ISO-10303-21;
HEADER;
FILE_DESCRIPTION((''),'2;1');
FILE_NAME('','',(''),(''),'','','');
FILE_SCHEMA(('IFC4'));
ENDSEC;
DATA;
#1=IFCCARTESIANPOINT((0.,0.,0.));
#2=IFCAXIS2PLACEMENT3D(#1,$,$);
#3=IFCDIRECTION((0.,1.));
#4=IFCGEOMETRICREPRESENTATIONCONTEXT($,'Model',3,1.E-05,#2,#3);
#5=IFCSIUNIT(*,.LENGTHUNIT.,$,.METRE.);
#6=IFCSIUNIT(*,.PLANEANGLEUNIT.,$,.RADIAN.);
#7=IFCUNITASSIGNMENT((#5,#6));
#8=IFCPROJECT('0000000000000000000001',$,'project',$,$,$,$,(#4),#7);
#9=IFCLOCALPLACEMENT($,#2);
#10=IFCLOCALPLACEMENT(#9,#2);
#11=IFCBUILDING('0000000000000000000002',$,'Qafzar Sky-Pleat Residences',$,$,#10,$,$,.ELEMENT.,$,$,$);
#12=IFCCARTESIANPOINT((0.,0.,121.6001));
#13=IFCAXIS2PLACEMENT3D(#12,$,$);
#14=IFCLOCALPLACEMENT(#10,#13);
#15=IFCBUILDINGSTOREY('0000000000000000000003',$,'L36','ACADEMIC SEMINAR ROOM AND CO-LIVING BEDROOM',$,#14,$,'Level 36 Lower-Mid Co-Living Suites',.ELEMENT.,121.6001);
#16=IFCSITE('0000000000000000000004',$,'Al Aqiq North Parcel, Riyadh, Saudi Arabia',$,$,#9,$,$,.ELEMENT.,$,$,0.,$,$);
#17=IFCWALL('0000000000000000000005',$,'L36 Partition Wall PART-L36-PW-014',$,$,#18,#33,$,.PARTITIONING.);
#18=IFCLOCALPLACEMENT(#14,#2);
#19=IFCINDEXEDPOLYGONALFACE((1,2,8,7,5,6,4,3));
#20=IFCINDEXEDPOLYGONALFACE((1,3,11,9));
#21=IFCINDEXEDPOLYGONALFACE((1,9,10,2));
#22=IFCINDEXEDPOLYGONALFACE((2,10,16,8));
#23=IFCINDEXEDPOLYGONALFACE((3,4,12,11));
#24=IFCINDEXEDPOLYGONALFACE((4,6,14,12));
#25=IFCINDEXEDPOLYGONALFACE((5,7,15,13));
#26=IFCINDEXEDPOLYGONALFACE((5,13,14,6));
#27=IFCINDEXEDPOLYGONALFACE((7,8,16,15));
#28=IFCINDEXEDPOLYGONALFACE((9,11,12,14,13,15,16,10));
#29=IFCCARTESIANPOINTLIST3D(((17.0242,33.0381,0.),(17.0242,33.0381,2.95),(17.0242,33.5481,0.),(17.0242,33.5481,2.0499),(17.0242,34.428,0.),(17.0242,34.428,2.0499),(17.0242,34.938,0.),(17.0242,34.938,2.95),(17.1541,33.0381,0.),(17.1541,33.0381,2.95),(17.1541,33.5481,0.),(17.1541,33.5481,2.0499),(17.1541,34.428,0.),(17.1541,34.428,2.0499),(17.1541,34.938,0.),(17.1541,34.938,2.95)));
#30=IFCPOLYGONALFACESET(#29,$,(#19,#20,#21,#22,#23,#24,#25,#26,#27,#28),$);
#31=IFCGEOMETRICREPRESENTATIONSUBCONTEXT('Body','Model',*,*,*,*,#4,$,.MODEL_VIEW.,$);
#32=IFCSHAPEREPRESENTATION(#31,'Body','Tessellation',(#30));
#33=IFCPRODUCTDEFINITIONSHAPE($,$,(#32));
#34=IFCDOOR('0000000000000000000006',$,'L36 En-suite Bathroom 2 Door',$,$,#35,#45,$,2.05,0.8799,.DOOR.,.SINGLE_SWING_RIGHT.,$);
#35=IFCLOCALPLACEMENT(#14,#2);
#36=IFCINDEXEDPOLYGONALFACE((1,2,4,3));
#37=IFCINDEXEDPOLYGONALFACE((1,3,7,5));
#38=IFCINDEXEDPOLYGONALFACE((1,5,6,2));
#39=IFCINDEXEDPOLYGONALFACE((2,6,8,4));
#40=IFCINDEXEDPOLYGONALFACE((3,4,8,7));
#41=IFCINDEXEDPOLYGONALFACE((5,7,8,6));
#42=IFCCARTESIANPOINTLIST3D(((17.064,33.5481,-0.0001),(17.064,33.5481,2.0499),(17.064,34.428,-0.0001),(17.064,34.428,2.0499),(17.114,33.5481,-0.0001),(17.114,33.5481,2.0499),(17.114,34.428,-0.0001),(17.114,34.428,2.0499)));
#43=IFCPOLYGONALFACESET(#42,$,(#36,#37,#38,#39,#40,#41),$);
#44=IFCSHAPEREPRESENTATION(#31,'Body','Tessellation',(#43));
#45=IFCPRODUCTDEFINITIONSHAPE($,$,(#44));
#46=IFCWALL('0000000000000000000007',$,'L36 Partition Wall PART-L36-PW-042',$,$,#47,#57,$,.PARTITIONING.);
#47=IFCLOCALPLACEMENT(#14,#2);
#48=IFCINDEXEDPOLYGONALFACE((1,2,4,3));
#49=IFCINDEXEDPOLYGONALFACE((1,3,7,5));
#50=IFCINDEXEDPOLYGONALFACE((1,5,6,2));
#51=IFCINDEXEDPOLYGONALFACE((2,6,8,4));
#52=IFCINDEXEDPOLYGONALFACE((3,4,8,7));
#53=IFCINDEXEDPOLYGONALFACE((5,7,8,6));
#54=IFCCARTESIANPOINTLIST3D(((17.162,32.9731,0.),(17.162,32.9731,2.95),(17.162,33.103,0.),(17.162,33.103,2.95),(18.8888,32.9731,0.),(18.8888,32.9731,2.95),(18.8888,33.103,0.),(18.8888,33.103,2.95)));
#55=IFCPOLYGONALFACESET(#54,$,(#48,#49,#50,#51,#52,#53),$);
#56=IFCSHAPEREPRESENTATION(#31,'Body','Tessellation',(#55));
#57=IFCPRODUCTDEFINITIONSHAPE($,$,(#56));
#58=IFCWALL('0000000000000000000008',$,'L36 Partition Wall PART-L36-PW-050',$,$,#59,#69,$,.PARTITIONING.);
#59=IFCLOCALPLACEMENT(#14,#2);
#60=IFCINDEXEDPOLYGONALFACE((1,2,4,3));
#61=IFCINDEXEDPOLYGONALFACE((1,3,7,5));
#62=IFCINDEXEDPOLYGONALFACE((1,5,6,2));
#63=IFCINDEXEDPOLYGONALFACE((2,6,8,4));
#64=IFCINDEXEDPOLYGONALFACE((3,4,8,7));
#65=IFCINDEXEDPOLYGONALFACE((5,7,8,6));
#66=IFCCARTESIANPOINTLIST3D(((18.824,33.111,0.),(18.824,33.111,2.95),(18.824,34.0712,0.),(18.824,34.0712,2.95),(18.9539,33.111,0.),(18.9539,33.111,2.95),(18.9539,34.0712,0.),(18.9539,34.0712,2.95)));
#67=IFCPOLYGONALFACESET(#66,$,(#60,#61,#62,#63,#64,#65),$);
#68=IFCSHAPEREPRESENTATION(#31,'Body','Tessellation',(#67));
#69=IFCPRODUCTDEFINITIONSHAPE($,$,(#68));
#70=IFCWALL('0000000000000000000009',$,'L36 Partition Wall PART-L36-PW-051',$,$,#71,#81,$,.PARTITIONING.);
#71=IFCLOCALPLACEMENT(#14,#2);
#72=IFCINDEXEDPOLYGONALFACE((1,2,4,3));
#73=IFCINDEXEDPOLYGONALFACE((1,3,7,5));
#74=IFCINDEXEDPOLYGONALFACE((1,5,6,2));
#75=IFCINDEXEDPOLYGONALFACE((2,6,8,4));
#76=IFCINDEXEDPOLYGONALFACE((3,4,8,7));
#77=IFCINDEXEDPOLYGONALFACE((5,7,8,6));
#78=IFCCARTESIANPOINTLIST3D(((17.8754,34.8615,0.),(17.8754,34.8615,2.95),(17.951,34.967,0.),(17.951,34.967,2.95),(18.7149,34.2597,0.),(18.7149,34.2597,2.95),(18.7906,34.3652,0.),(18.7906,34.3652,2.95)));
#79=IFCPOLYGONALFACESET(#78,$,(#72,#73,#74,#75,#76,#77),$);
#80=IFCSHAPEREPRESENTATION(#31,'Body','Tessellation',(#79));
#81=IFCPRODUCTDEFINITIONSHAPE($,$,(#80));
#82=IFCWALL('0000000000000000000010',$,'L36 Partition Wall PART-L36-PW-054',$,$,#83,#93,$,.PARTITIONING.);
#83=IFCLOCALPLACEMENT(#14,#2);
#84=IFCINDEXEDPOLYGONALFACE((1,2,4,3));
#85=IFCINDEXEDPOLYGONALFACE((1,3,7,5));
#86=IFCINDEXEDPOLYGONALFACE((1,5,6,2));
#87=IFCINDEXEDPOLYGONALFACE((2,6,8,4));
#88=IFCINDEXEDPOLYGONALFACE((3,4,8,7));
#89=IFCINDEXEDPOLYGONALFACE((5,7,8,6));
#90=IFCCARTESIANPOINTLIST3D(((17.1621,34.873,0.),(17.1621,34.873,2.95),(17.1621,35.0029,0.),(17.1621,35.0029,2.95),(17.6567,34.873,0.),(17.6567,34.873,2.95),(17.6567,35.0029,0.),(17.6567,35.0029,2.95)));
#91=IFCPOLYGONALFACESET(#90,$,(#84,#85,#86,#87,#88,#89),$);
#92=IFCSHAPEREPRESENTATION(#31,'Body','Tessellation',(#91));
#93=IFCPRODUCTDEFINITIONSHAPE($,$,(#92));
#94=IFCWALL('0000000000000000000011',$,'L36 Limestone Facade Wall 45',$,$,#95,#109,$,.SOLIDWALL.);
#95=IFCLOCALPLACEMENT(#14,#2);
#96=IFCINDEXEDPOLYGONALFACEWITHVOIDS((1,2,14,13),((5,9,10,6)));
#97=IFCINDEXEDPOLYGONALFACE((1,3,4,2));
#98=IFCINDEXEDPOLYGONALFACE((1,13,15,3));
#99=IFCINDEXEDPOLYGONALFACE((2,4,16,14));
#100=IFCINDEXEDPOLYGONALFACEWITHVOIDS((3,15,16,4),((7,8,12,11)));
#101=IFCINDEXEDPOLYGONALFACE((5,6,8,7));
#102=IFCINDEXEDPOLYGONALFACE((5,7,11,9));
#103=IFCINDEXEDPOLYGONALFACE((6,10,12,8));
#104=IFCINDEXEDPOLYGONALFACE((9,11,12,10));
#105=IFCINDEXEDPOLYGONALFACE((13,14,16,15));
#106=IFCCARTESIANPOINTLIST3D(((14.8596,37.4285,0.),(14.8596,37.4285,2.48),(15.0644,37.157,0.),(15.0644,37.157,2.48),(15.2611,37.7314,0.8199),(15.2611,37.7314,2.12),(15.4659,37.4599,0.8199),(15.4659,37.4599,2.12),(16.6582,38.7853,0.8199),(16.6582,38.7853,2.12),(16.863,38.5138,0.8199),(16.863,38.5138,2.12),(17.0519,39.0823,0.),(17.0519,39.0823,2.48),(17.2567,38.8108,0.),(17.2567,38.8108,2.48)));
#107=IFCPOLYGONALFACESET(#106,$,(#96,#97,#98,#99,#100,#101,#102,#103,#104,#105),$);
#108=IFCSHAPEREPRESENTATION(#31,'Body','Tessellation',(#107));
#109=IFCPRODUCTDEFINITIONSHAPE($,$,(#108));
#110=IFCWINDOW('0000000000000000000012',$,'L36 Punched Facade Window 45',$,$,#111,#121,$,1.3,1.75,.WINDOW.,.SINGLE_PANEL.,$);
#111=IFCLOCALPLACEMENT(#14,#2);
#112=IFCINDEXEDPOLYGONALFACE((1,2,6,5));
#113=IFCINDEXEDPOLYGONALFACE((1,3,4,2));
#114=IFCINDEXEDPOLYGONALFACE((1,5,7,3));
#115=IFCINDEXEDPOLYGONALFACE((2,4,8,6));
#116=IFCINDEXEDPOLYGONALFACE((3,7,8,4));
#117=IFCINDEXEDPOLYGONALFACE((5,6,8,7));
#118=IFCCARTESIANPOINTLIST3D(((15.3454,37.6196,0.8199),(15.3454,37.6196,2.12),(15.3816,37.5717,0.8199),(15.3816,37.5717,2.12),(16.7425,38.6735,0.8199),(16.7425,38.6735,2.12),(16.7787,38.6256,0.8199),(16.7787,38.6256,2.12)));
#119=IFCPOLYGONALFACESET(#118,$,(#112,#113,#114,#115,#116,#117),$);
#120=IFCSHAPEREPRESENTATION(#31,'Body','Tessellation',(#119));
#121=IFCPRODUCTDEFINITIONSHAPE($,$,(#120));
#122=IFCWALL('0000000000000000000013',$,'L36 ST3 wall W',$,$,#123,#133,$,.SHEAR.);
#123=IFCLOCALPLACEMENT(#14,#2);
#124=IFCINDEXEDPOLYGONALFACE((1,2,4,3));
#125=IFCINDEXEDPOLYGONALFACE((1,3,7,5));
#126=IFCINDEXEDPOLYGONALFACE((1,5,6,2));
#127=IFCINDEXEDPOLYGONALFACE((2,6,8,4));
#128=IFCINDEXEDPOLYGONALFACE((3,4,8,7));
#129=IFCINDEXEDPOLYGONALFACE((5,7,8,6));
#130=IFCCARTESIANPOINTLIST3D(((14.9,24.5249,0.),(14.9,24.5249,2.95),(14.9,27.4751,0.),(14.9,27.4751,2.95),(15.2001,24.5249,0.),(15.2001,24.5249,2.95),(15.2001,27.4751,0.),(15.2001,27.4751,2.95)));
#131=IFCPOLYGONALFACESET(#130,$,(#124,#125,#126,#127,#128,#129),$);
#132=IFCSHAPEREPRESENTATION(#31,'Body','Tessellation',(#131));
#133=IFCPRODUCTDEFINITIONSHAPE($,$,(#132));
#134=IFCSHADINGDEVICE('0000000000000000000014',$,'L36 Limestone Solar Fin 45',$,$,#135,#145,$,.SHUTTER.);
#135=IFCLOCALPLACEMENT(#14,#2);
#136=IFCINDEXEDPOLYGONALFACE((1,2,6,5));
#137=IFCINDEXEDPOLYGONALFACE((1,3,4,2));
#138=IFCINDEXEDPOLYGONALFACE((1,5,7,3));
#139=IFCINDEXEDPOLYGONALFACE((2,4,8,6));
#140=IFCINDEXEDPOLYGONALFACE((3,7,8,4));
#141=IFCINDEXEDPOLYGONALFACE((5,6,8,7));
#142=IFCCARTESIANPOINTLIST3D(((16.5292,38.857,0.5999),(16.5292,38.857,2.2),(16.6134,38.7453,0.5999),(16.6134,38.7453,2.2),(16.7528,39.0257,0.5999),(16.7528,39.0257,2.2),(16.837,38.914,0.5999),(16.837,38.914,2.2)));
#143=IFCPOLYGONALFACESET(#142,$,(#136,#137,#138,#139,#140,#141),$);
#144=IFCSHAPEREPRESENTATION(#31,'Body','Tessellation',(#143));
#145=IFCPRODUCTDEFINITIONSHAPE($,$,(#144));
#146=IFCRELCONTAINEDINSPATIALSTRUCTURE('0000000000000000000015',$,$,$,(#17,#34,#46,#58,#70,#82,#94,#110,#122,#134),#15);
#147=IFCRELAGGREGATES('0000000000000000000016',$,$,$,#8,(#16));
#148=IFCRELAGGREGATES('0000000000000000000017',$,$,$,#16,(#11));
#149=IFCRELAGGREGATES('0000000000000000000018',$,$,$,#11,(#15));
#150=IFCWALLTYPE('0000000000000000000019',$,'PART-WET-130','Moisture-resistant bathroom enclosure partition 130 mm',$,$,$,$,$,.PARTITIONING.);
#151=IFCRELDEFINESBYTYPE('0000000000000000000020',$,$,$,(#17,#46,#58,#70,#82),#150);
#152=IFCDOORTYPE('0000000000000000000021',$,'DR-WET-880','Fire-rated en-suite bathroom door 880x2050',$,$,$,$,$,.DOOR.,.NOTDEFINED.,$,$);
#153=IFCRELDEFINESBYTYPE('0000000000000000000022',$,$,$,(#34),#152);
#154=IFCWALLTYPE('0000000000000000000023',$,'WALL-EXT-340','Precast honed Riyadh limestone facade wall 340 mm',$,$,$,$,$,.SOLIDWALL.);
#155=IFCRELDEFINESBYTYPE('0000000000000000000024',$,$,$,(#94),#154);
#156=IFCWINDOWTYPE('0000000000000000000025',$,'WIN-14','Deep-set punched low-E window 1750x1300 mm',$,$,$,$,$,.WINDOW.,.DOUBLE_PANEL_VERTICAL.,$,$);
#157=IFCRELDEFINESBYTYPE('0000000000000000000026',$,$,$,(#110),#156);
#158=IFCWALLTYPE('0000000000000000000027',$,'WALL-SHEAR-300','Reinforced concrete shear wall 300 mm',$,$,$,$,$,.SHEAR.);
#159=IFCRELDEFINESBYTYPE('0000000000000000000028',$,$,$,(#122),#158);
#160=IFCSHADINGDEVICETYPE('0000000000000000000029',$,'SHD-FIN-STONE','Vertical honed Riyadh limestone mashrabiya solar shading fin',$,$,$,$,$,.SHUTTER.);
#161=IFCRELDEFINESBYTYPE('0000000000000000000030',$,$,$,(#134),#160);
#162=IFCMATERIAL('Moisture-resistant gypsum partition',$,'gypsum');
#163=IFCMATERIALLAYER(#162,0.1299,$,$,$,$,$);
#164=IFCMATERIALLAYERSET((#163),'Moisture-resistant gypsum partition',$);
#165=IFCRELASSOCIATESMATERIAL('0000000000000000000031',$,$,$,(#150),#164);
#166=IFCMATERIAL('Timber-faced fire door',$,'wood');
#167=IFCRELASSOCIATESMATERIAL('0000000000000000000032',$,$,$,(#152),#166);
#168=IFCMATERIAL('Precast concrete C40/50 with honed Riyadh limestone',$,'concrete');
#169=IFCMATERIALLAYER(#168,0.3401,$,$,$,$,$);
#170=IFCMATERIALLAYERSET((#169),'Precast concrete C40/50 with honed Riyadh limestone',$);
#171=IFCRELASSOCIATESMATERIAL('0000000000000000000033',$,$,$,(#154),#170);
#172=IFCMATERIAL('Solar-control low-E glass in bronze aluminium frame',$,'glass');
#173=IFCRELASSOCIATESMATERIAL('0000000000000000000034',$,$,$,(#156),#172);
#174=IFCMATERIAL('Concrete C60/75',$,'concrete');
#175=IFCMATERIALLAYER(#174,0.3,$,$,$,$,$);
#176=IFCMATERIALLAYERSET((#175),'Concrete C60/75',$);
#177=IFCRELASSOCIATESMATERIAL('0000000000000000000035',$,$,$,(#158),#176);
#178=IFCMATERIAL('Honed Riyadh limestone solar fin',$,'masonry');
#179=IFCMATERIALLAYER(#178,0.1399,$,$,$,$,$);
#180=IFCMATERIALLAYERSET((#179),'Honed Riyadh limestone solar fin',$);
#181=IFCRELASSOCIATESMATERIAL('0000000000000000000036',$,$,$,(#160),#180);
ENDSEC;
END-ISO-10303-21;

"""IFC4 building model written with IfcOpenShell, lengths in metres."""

from ifc_helpers import new_model, si_unit, direction, frame, frame_2d, origin, origin_2d, place, context, subcontext, project, spatial, rectangle, extrude, source, transform, mapped, material, layer, layer_set, type_object, element, fill, save


model = new_model("IFC4")

# Units and contexts
model_context = context("Model", 3, precision=1e-05, world=origin(), true_north=direction((0.0, 1.0)))
body_context = subcontext(model_context, "Body", "Model", "MODEL_VIEW")
ifc_project = project(units=[si_unit("LENGTHUNIT", "METRE"), si_unit("PLANEANGLEUNIT", "RADIAN")], contexts=[model_context])

# Site, building, storey
site_placement = place(None, origin())
site = spatial("IfcSite", under=ifc_project, at=site_placement, Name="Al Aqiq North Parcel, Riyadh, Saudi Arabia", CompositionType="ELEMENT", RefElevation=0.0)
building_placement = place(site_placement, origin())
building = spatial("IfcBuilding", under=site, at=building_placement, Name="Qafzar Sky-Pleat Residences", CompositionType="ELEMENT")
storey_placement = place(building_placement, frame((0.0, 0.0, 121.6001)))
storey = spatial("IfcBuildingStorey", under=building, at=storey_placement, Name="L36", Description="ACADEMIC SEMINAR ROOM AND CO-LIVING BEDROOM", LongName="Level 36 Lower-Mid Co-Living Suites", CompositionType="ELEMENT", Elevation=121.6001)

# Shared definitions
ifc_material_1 = material(Name="Concrete C60/75", Category="concrete")

# Wall, opening, door
ifc_material_2 = material(Name="Moisture-resistant gypsum partition", Category="gypsum")
ifc_layer_1 = layer(ifc_material_2, 0.1299)
ifc_layer_set_1 = layer_set([ifc_layer_1], Name="Moisture-resistant gypsum partition")
wall_type_1 = type_object("IfcWallType", Name="PART-WET-130", Description="Moisture-resistant bathroom enclosure partition 130 mm", PredefinedType="PARTITIONING", material=ifc_layer_set_1)
wall_1_placement = place(storey_placement, frame((17.0891, 34.938, 0.0), z_axis=(0.0, 0.0, 1.0), x_axis=(0.0, -1.0, 0.0)))
wall_1 = element("IfcWall", 1, at=wall_1_placement, inside=storey, type_object=wall_type_1, Name="L36 Partition Wall PART-L36-PW-014", PredefinedType="PARTITIONING", context=body_context, shape_type="SweptSolid", body=[
    extrude(rectangle(XDim=1.8999, YDim=0.1299, at=frame_2d((0.95, 0.0))), origin(), (0.0, 0.0, 1.0), 2.95),
])
opening_1_placement = place(wall_1_placement, frame((0.51, 0.0, 0.0)))
opening_1 = element("IfcOpeningElement", 2, at=opening_1_placement, cuts=wall_1, PredefinedType="OPENING", context=body_context, shape_type="SweptSolid", body=[
    extrude(rectangle(XDim=0.8799, YDim=2.05, at=frame_2d((0.4399, 1.0249))), frame((0.0, 0.075, 0.0), z_axis=(0.0, -1.0, 0.0), x_axis=(1.0, 0.0, 0.0)), (0.0, 0.0, 1.0), 0.1499),
])
ifc_material_3 = material(Name="Timber-faced fire door", Category="wood")
door_type = type_object("IfcDoorType", Name="DR-WET-880", Description="Fire-rated en-suite bathroom door 880x2050", OperationType="NOTDEFINED", PredefinedType="DOOR", material=ifc_material_3)
shared_shape_1 = source(origin(), body_context, "Body", "SweptSolid", [
    extrude(rectangle(XDim=0.8799, YDim=2.05, at=frame_2d((0.4399, 1.0249))), frame((0.0, 0.0249, 0.0), z_axis=(0.0, -1.0, 0.0), x_axis=(1.0, 0.0, 0.0)), (0.0, 0.0, 1.0), 0.05),
])
door_placement = place(opening_1_placement, origin())
door = element("IfcDoor", 3, at=door_placement, inside=storey, type_object=door_type, Name="L36 En-suite Bathroom 2 Door", OperationType="SINGLE_SWING_RIGHT", OverallHeight=2.05, OverallWidth=0.8799, PredefinedType="DOOR", context=body_context, shape_type="MappedRepresentation", body=[
    mapped(shared_shape_1, transform((0.0, 0.0, 0.0), x_axis=(1.0, 0.0, 0.0), y_axis=(0.0, 1.0, 0.0), z_axis=(0.0, 0.0, 1.0), scale=1.0)),
])
fill(opening_1, door)

# Walls
wall_2_placement = place(storey_placement, frame((17.1621, 33.0381, 0.0), z_axis=(0.0, 0.0, 1.0), x_axis=(1.0, 0.0, 0.0)))
element("IfcWall", 4, at=wall_2_placement, inside=storey, type_object=wall_type_1, Name="L36 Partition Wall PART-L36-PW-042", PredefinedType="PARTITIONING", context=body_context, shape_type="SweptSolid", body=[
    extrude(rectangle(XDim=1.7268, YDim=0.1299, at=frame_2d((0.8633, 0.0))), origin(), (0.0, 0.0, 1.0), 2.95),
])
wall_3_placement = place(storey_placement, frame((18.8889, 33.1111, 0.0), z_axis=(0.0, 0.0, 1.0), x_axis=(0.0, 1.0, 0.0)))
element("IfcWall", 5, at=wall_3_placement, inside=storey, type_object=wall_type_1, Name="L36 Partition Wall PART-L36-PW-050", PredefinedType="PARTITIONING", context=body_context, shape_type="SweptSolid", body=[
    extrude(rectangle(XDim=0.9602, YDim=0.1299, at=frame_2d((0.48, 0.0))), origin(), (0.0, 0.0, 1.0), 2.95),
])
wall_4_placement = place(storey_placement, frame((17.9131, 34.9143, 0.0), z_axis=(0.0, 0.0, 1.0), x_axis=(0.812774, -0.582579, 0.0)))
element("IfcWall", 6, at=wall_4_placement, inside=storey, type_object=wall_type_1, Name="L36 Partition Wall PART-L36-PW-051", PredefinedType="PARTITIONING", context=body_context, shape_type="SweptSolid", body=[
    extrude(rectangle(XDim=1.033, YDim=0.1299, at=frame_2d((0.5166, 0.0))), origin(), (0.0, 0.0, 1.0), 2.95),
])
wall_5_placement = place(storey_placement, frame((17.1621, 34.938, 0.0), z_axis=(0.0, 0.0, 1.0), x_axis=(1.0, 0.0, 0.0)))
element("IfcWall", 7, at=wall_5_placement, inside=storey, type_object=wall_type_1, Name="L36 Partition Wall PART-L36-PW-054", PredefinedType="PARTITIONING", context=body_context, shape_type="SweptSolid", body=[
    extrude(rectangle(XDim=0.4946, YDim=0.1299, at=frame_2d((0.2473, 0.0))), origin(), (0.0, 0.0, 1.0), 2.95),
])

# Wall, opening, window
ifc_material_4 = material(Name="Precast concrete C40/50 with honed Riyadh limestone", Category="concrete")
ifc_layer_2 = layer(ifc_material_4, 0.3401)
ifc_layer_set_2 = layer_set([ifc_layer_2], Name="Precast concrete C40/50 with honed Riyadh limestone")
wall_type_2 = type_object("IfcWallType", Name="WALL-EXT-340", Description="Precast honed Riyadh limestone facade wall 340 mm", PredefinedType="SOLIDWALL", material=ifc_layer_set_2)
wall_6_placement = place(storey_placement, frame((17.1543, 38.9465, 0.0), z_axis=(0.0, 0.0, 1.0), x_axis=(-0.798333, -0.602217, 0.0)))
wall_6 = element("IfcWall", 8, at=wall_6_placement, inside=storey, type_object=wall_type_2, Name="L36 Limestone Facade Wall 45", PredefinedType="SOLIDWALL", context=body_context, shape_type="SweptSolid", body=[
    extrude(rectangle(XDim=2.7461, YDim=0.3401, at=frame_2d((1.373, 0.0))), origin(), (0.0, 0.0, 1.0), 2.48),
])
opening_2_placement = place(wall_6_placement, frame((0.4932, 0.0, 0.8201)))
opening_2 = element("IfcOpeningElement", 9, at=opening_2_placement, cuts=wall_6, PredefinedType="OPENING", context=body_context, shape_type="SweptSolid", body=[
    extrude(rectangle(XDim=1.75, YDim=1.3, at=frame_2d((0.875, 0.6499))), frame((0.0, 0.1802, 0.0), z_axis=(0.0, -1.0, 0.0), x_axis=(1.0, 0.0, 0.0)), (0.0, 0.0, 1.0), 0.3601),
])
ifc_material_5 = material(Name="Solar-control low-E glass in bronze aluminium frame", Category="glass")
window_type = type_object("IfcWindowType", Name="WIN-14", Description="Deep-set punched low-E window 1750x1300 mm", PartitioningType="DOUBLE_PANEL_VERTICAL", PredefinedType="WINDOW", material=ifc_material_5)
shared_shape_2 = source(origin(), body_context, "Body", "SweptSolid", [
    extrude(rectangle(XDim=1.75, YDim=1.3, at=frame_2d((0.875, 0.6499))), frame((0.0, 0.03, 0.0), z_axis=(0.0, -1.0, 0.0), x_axis=(1.0, 0.0, 0.0)), (0.0, 0.0, 1.0), 0.0601),
])
window_placement = place(opening_2_placement, origin())
window = element("IfcWindow", 10, at=window_placement, inside=storey, type_object=window_type, Name="L36 Punched Facade Window 45", OverallHeight=1.3, OverallWidth=1.75, PartitioningType="SINGLE_PANEL", PredefinedType="WINDOW", context=body_context, shape_type="MappedRepresentation", body=[
    mapped(shared_shape_2, transform((0.0, 0.0, 0.0), x_axis=(1.0, 0.0, 0.0), y_axis=(0.0, 1.0, 0.0), z_axis=(0.0, 0.0, 1.0), scale=1.0)),
])
fill(opening_2, window)

# Wall
ifc_layer_3 = layer(ifc_material_1, 0.3)
ifc_layer_set_3 = layer_set([ifc_layer_3], Name="Concrete C60/75")
wall_type_3 = type_object("IfcWallType", Name="WALL-SHEAR-300", Description="Reinforced concrete shear wall 300 mm", PredefinedType="SHEAR", material=ifc_layer_set_3)
wall_7_placement = place(storey_placement, frame((15.05, 27.4751, 0.0), z_axis=(0.0, 0.0, 1.0), x_axis=(0.0, -1.0, 0.0)))
element("IfcWall", 11, at=wall_7_placement, inside=storey, type_object=wall_type_3, Name="L36 ST3 wall W", PredefinedType="SHEAR", context=body_context, shape_type="SweptSolid", body=[
    extrude(rectangle(XDim=2.9502, YDim=0.3, at=frame_2d((1.4751, 0.0))), origin(), (0.0, 0.0, 1.0), 2.95),
])

# Shading device
ifc_material_6 = material(Name="Honed Riyadh limestone solar fin", Category="masonry")
ifc_layer_4 = layer(ifc_material_6, 0.1399)
ifc_layer_set_4 = layer_set([ifc_layer_4], Name="Honed Riyadh limestone solar fin")
shading_device_type = type_object("IfcShadingDeviceType", Name="SHD-FIN-STONE", Description="Vertical honed Riyadh limestone mashrabiya solar shading fin", PredefinedType="SHUTTER", material=ifc_layer_set_4)
shared_shape_3 = source(origin(), body_context, "Body", "SweptSolid", [
    extrude(rectangle(XDim=0.1399, YDim=0.28, at=origin_2d()), origin(), (0.0, 0.0, 1.0), 1.6001),
])
shading_device_placement = place(storey_placement, frame((16.6831, 38.8855, 0.5999), z_axis=(0.0, 0.0, 1.0), x_axis=(-0.602208, 0.798339, 0.0)))
element("IfcShadingDevice", 12, at=shading_device_placement, inside=storey, type_object=shading_device_type, Name="L36 Limestone Solar Fin 45", PredefinedType="SHUTTER", context=body_context, shape_type="MappedRepresentation", body=[
    mapped(shared_shape_3, transform((0.0, 0.0, 0.0), x_axis=(1.0, 0.0, 0.0), y_axis=(0.0, 1.0, 0.0), z_axis=(0.0, 0.0, 1.0), scale=1.0)),
])

save(model, "model.ifc")
